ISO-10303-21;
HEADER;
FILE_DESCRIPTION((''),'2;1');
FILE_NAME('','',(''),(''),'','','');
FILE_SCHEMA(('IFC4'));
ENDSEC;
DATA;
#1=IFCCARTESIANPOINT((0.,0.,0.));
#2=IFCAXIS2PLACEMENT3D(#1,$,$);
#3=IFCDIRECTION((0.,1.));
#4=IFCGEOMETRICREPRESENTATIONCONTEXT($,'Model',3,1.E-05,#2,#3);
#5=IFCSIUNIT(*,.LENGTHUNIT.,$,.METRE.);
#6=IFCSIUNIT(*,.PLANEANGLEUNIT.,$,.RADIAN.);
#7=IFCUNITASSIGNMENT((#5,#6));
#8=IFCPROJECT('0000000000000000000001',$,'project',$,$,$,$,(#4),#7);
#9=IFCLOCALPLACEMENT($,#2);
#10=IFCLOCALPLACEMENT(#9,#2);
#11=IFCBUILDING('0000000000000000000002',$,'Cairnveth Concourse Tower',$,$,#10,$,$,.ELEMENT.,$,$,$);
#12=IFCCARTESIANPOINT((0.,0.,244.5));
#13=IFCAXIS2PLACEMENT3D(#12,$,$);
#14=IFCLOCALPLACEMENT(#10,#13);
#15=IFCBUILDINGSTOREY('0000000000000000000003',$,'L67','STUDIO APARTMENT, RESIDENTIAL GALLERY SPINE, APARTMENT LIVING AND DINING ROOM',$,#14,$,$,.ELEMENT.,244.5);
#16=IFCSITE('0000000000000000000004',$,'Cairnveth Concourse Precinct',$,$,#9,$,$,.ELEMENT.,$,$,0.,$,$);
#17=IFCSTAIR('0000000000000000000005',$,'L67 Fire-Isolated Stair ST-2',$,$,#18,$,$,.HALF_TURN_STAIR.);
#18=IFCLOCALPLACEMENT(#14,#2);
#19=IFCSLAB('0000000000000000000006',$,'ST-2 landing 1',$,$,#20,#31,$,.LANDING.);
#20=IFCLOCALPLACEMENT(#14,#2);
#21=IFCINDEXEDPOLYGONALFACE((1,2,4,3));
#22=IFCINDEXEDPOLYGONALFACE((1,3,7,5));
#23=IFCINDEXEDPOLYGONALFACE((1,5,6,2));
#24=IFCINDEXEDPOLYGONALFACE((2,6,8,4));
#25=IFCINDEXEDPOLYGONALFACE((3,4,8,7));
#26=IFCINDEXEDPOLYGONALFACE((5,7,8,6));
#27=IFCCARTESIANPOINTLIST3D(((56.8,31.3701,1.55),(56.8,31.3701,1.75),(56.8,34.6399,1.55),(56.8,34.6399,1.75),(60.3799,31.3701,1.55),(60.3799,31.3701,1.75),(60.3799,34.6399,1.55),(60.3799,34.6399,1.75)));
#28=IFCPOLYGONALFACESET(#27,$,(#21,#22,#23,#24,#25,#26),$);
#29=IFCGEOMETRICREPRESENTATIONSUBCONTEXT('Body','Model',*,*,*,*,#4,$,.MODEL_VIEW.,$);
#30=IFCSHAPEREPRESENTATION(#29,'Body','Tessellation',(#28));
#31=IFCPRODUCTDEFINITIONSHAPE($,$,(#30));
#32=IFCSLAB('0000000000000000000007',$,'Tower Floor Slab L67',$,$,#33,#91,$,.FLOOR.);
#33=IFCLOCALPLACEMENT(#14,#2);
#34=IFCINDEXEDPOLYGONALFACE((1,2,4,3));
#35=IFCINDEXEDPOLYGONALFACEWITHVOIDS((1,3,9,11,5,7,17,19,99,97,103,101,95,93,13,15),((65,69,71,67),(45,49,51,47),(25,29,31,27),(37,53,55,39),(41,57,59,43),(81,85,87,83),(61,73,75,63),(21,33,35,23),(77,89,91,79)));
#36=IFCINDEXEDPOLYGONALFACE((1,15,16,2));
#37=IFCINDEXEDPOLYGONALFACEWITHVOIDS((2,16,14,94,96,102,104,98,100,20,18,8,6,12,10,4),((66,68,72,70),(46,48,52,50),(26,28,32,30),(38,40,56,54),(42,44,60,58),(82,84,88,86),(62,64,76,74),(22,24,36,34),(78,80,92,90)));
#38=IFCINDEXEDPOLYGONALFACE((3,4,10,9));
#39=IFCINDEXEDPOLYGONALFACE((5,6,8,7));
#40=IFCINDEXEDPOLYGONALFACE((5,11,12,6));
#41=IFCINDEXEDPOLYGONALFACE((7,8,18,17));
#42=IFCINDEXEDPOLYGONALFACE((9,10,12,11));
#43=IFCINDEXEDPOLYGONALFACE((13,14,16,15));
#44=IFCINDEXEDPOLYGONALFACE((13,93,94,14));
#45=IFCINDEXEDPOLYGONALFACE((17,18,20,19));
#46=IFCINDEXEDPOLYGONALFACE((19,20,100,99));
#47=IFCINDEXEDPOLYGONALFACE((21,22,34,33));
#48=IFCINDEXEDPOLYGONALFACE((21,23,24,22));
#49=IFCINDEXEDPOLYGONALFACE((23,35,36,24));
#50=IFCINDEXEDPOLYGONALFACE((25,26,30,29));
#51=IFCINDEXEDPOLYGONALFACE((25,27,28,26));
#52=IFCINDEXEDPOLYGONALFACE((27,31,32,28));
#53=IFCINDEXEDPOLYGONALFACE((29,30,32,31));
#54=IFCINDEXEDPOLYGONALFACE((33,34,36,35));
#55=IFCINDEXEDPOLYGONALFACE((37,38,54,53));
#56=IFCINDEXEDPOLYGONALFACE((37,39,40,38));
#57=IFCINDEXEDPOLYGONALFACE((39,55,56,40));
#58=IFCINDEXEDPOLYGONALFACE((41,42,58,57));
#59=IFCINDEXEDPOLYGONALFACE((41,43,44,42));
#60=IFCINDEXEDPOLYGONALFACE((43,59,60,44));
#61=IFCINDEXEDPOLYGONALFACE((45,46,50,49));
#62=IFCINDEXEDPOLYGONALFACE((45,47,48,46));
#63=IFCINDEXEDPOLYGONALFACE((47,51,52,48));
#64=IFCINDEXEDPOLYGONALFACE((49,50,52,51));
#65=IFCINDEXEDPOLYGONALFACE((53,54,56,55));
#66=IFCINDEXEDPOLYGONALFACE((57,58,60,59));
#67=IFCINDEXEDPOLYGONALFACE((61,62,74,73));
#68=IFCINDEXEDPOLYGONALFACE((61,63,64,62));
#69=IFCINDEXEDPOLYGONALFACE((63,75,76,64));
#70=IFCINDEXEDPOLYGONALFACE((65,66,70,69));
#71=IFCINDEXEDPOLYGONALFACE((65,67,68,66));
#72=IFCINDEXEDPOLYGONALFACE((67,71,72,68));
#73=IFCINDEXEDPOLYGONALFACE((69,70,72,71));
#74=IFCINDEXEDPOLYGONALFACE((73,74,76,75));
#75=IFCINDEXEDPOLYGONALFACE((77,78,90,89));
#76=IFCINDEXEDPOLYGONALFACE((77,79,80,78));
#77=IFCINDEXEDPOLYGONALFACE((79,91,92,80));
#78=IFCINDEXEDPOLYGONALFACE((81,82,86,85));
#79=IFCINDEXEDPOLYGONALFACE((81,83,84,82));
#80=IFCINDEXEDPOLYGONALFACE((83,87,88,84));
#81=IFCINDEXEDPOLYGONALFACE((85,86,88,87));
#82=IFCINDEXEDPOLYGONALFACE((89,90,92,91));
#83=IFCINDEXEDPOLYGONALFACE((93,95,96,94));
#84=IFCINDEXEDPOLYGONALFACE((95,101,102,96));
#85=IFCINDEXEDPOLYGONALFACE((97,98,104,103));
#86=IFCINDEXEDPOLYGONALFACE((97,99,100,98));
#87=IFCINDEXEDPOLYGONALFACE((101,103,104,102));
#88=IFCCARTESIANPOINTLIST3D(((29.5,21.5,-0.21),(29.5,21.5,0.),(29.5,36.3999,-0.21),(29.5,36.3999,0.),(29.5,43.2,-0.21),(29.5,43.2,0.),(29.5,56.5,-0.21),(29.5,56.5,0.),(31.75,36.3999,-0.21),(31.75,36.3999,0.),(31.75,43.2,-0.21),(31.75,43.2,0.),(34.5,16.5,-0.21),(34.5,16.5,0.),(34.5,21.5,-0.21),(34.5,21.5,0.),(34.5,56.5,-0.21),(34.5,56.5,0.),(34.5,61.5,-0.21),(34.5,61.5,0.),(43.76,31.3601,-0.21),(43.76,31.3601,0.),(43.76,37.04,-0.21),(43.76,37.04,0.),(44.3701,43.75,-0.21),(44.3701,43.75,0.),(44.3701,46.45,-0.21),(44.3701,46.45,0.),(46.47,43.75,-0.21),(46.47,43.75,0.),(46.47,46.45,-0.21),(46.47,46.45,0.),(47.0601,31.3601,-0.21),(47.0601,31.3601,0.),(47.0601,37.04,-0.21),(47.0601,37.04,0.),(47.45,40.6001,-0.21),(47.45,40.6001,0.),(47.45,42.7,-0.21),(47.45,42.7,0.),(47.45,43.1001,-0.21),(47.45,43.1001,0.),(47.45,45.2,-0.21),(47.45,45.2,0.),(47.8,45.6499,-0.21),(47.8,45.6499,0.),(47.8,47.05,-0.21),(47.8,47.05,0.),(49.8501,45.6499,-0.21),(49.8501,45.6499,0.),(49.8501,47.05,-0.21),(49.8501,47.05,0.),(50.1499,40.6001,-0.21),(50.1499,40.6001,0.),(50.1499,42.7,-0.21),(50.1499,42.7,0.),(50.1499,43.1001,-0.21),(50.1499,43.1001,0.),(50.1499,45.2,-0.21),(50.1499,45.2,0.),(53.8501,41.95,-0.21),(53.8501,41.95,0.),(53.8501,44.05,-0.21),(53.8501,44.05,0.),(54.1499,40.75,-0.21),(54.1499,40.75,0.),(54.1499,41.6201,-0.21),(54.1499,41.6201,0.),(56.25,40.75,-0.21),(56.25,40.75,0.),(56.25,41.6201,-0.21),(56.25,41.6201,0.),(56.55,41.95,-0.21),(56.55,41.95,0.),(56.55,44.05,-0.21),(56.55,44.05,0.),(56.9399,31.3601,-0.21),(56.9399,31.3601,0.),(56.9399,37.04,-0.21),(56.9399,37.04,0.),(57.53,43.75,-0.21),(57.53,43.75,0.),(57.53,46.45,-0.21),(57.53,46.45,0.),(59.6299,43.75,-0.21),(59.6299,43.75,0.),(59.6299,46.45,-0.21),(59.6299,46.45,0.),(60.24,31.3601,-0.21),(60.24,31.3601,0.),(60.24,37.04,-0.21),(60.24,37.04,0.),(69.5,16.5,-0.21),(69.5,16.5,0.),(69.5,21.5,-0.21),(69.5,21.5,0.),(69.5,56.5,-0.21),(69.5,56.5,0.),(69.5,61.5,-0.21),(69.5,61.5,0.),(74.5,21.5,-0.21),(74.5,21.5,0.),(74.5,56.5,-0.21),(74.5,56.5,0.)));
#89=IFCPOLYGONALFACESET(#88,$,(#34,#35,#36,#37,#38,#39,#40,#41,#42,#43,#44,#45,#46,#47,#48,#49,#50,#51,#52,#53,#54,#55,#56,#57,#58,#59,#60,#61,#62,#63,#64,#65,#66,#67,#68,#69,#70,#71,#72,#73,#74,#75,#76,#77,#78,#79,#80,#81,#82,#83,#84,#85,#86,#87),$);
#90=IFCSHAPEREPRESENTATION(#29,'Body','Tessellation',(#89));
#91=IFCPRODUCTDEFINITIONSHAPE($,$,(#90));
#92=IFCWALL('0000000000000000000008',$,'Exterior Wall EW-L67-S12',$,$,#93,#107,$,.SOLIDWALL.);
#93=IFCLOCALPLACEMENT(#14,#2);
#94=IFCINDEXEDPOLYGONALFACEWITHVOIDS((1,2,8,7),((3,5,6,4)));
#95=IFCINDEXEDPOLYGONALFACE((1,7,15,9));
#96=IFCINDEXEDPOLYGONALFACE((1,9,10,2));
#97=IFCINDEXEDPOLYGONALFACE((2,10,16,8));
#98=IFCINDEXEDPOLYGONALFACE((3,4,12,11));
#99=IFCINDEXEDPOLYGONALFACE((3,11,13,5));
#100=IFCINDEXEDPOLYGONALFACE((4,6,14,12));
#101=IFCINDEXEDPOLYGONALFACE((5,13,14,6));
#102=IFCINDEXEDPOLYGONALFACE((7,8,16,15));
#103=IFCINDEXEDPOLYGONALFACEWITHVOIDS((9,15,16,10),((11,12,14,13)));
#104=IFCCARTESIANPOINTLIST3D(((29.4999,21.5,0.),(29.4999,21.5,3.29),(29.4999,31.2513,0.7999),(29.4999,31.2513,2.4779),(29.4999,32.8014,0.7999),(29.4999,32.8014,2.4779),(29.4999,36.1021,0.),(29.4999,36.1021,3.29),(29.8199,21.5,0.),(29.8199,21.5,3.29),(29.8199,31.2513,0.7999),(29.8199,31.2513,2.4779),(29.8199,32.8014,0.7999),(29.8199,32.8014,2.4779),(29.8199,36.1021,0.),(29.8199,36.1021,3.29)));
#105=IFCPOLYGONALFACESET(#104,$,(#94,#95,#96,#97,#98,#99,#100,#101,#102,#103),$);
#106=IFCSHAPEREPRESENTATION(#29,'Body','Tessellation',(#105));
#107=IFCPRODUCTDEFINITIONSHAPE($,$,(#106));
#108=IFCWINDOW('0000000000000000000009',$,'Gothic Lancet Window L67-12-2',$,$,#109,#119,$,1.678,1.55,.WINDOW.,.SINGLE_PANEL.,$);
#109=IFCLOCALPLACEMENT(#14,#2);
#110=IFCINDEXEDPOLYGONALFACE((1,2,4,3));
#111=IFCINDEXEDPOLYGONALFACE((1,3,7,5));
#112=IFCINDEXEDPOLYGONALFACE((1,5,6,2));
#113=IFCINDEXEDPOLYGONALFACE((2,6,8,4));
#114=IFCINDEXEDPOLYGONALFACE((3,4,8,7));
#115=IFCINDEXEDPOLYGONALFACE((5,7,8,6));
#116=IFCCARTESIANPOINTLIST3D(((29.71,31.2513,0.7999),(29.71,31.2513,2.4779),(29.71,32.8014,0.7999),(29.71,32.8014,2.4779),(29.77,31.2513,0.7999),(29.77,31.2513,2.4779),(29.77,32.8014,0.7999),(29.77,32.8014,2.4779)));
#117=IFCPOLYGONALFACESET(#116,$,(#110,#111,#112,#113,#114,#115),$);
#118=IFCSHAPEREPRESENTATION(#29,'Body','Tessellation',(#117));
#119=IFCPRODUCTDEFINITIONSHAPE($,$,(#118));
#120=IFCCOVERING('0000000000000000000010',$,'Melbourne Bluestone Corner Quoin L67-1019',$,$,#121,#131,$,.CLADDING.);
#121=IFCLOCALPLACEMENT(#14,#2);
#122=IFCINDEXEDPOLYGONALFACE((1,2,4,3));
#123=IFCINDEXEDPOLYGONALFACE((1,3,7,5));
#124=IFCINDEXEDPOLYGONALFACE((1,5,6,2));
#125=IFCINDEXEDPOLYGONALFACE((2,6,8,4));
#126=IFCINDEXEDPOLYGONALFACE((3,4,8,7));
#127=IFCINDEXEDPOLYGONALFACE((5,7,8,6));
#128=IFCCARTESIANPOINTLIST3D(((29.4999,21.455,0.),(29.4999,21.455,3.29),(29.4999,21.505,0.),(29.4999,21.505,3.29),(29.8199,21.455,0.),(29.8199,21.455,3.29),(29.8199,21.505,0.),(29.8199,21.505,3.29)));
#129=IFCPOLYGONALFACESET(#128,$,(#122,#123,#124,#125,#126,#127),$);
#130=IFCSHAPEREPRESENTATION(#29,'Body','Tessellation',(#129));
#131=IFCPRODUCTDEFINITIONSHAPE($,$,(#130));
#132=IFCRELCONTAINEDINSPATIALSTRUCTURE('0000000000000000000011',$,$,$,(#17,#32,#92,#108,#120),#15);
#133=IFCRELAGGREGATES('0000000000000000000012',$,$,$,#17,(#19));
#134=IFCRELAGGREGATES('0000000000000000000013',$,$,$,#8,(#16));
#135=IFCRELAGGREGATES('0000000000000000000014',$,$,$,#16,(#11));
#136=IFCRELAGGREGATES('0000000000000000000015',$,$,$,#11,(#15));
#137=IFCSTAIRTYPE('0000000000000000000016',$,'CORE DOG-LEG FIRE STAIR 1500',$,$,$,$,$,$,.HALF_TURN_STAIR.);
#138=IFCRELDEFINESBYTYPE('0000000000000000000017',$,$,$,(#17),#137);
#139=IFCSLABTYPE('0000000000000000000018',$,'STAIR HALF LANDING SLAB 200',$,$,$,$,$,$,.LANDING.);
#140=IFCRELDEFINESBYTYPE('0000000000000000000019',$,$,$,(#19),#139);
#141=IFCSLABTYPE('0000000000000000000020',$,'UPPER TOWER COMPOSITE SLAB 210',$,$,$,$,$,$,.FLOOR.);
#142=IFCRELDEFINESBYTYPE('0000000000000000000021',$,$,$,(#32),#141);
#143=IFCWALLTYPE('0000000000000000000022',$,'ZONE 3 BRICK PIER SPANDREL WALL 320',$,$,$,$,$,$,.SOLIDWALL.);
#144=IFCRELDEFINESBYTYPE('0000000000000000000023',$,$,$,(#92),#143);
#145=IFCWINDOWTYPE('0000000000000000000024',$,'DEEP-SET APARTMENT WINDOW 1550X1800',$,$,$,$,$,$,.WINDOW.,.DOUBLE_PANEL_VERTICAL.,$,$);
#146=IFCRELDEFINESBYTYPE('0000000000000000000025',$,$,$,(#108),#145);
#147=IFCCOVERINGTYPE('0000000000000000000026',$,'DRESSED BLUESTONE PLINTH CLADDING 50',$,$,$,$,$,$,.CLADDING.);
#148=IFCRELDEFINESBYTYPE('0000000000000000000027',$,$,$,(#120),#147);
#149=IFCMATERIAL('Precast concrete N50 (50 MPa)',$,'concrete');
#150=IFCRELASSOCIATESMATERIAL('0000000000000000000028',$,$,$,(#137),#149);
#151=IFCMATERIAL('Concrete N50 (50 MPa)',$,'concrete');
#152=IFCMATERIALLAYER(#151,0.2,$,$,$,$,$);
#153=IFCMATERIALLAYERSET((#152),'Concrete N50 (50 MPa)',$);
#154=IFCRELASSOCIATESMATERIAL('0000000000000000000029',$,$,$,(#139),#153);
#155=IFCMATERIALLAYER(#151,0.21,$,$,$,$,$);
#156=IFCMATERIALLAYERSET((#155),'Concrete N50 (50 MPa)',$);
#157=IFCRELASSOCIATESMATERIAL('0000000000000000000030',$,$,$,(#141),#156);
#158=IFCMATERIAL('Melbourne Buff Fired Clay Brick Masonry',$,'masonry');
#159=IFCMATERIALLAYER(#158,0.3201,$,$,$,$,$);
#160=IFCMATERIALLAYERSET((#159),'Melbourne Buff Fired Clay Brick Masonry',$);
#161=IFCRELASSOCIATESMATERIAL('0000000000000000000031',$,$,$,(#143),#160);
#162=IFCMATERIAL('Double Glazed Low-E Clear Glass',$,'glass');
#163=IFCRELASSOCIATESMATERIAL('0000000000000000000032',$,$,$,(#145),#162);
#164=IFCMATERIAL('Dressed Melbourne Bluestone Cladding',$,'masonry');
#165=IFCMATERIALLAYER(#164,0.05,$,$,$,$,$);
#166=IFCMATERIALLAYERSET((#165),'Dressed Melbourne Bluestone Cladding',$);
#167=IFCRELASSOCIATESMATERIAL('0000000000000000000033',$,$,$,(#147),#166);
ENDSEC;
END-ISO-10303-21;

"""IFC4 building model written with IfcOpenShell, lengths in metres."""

from ifc_helpers import new_model, si_unit, direction, frame, frame_2d, origin, place, context, subcontext, project, spatial, polyline, rectangle, outline, extrude, material, layer, layer_set, type_object, element, fill, aggregate, save


model = new_model("IFC4")

# Units and contexts
model_context = context("Model", 3, precision=1e-05, world=origin(), true_north=direction((0.0, 1.0)))
body_context = subcontext(model_context, "Body", "Model", "MODEL_VIEW")
ifc_project = project(units=[si_unit("LENGTHUNIT", "METRE"), si_unit("PLANEANGLEUNIT", "RADIAN")], contexts=[model_context])

# Site, building, storey
site_placement = place(None, origin())
site = spatial("IfcSite", under=ifc_project, at=site_placement, Name="Cairnveth Concourse Precinct", CompositionType="ELEMENT", RefElevation=0.0)
building_placement = place(site_placement, origin())
building = spatial("IfcBuilding", under=site, at=building_placement, Name="Cairnveth Concourse Tower", CompositionType="ELEMENT")
storey_placement = place(building_placement, frame((0.0, 0.0, 244.5)))
storey = spatial("IfcBuildingStorey", under=building, at=storey_placement, Name="L67", Description="STUDIO APARTMENT, RESIDENTIAL GALLERY SPINE, APARTMENT LIVING AND DINING ROOM", CompositionType="ELEMENT", Elevation=244.5)

# Shared definitions
ifc_material_1 = material(Name="Concrete N50 (50 MPa)", Category="concrete")

# Stair, slab
ifc_material_2 = material(Name="Precast concrete N50 (50 MPa)", Category="concrete")
stair_type = type_object("IfcStairType", Name="CORE DOG-LEG FIRE STAIR 1500", PredefinedType="HALF_TURN_STAIR", material=ifc_material_2)
ifc_layer_1 = layer(ifc_material_1, 0.2)
ifc_layer_set_1 = layer_set([ifc_layer_1], Name="Concrete N50 (50 MPa)")
slab_type_1 = type_object("IfcSlabType", Name="STAIR HALF LANDING SLAB 200", PredefinedType="LANDING", material=ifc_layer_set_1)
stair_1_placement = place(storey_placement, origin())
stair_1 = element("IfcStair", 1, at=stair_1_placement, inside=storey, type_object=stair_type, Name="L67 Fire-Isolated Stair ST-2", PredefinedType="HALF_TURN_STAIR")
slab_1_placement = place(storey_placement, frame((0.0, 0.0, 1.55)))
slab_1 = element("IfcSlab", 2, at=slab_1_placement, type_object=slab_type_1, Name="ST-2 landing 1", PredefinedType="LANDING", context=body_context, shape_type="SweptSolid", body=[
    extrude(outline(polyline([(56.8, 34.6399), (56.8, 31.3701), (60.3799, 31.3701), (60.3799, 34.6399), (56.8, 34.6399)])), origin(), (0.0, 0.0, 1.0), 0.2),
])
aggregate(stair_1, [slab_1])

# Slab
ifc_layer_2 = layer(ifc_material_1, 0.21)
ifc_layer_set_2 = layer_set([ifc_layer_2], Name="Concrete N50 (50 MPa)")
slab_type_2 = type_object("IfcSlabType", Name="UPPER TOWER COMPOSITE SLAB 210", PredefinedType="FLOOR", material=ifc_layer_set_2)
slab_2_placement = place(storey_placement, frame((0.0, 0.0, -0.21)))
element("IfcSlab", 3, at=slab_2_placement, inside=storey, type_object=slab_type_2, Name="Tower Floor Slab L67", PredefinedType="FLOOR", context=body_context, shape_type="SweptSolid", body=[
    extrude(outline(polyline([(29.5, 43.2), (31.75, 43.2), (31.75, 36.3999), (29.5, 36.3999), (29.5, 21.5), (34.5, 21.5), (34.5, 16.5), (69.5, 16.5), (69.5, 21.5), (74.5, 21.5), (74.5, 56.5), (69.5, 56.5), (69.5, 61.5), (34.5, 61.5), (34.5, 56.5), (29.5, 56.5), (29.5, 43.2)]), holes=[polyline([(43.76, 31.3601), (47.0601, 31.3601), (47.0601, 37.04), (43.76, 37.04), (43.76, 31.3601)]), polyline([(56.9399, 31.3601), (60.24, 31.3601), (60.24, 37.04), (56.9399, 37.04), (56.9399, 31.3601)]), polyline([(44.3701, 43.75), (46.47, 43.75), (46.47, 46.45), (44.3701, 46.45), (44.3701, 43.75)]), polyline([(57.53, 43.75), (59.6299, 43.75), (59.6299, 46.45), (57.53, 46.45), (57.53, 43.75)]), polyline([(47.45, 40.6001), (50.1499, 40.6001), (50.1499, 42.7), (47.45, 42.7), (47.45, 40.6001)]), polyline([(47.45, 43.1001), (50.1499, 43.1001), (50.1499, 45.2), (47.45, 45.2), (47.45, 43.1001)]), polyline([(53.8501, 41.95), (56.55, 41.95), (56.55, 44.05), (53.8501, 44.05), (53.8501, 41.95)]), polyline([(47.8, 45.6499), (49.8501, 45.6499), (49.8501, 47.05), (47.8, 47.05), (47.8, 45.6499)]), polyline([(54.1499, 40.75), (56.25, 40.75), (56.25, 41.6201), (54.1499, 41.6201), (54.1499, 40.75)])]), origin(), (0.0, 0.0, 1.0), 0.21),
])

# Wall, opening, window
ifc_material_3 = material(Name="Melbourne Buff Fired Clay Brick Masonry", Category="masonry")
ifc_layer_3 = layer(ifc_material_3, 0.3201)
ifc_layer_set_3 = layer_set([ifc_layer_3], Name="Melbourne Buff Fired Clay Brick Masonry")
wall_type = type_object("IfcWallType", Name="ZONE 3 BRICK PIER SPANDREL WALL 320", PredefinedType="SOLIDWALL", material=ifc_layer_set_3)
wall_placement = place(storey_placement, frame((29.6599, 21.5, 0.0), z_axis=(0.0, 0.0, 1.0), x_axis=(0.0, 1.0, 0.0)))
wall = element("IfcWall", 4, at=wall_placement, inside=storey, type_object=wall_type, Name="Exterior Wall EW-L67-S12", PredefinedType="SOLIDWALL", context=body_context, shape_type="SweptSolid", body=[
    extrude(rectangle(XDim=14.6021, YDim=0.3201, at=frame_2d((7.301, 0.0))), origin(), (0.0, 0.0, 1.0), 3.29),
])
opening_placement = place(wall_placement, frame((9.7515, 0.0, 0.8)))
opening = element("IfcOpeningElement", 5, at=opening_placement, cuts=wall, PredefinedType="OPENING", context=body_context, shape_type="SweptSolid", body=[
    extrude(rectangle(XDim=1.55, YDim=1.678, at=frame_2d((0.7749, 0.8389))), frame((0.0, 0.1699, 0.0), z_axis=(0.0, -1.0, 0.0), x_axis=(1.0, 0.0, 0.0)), (0.0, 0.0, 1.0), 0.3401),
])
ifc_material_4 = material(Name="Double Glazed Low-E Clear Glass", Category="glass")
window_type = type_object("IfcWindowType", Name="DEEP-SET APARTMENT WINDOW 1550X1800", PartitioningType="DOUBLE_PANEL_VERTICAL", PredefinedType="WINDOW", material=ifc_material_4)
window_placement = place(opening_placement, origin())
window = element("IfcWindow", 6, at=window_placement, inside=storey, type_object=window_type, Name="Gothic Lancet Window L67-12-2", OverallHeight=1.678, OverallWidth=1.55, PartitioningType="SINGLE_PANEL", PredefinedType="WINDOW", context=body_context, shape_type="SweptSolid", body=[
    extrude(rectangle(XDim=1.55, YDim=1.678, at=frame_2d((0.7749, 0.8389))), frame((0.0, -0.05, 0.0), z_axis=(0.0, -1.0, 0.0), x_axis=(1.0, 0.0, 0.0)), (0.0, 0.0, 1.0), 0.0601),
])
fill(opening, window)

# Covering
ifc_material_5 = material(Name="Dressed Melbourne Bluestone Cladding", Category="masonry")
ifc_layer_4 = layer(ifc_material_5, 0.05)
ifc_layer_set_4 = layer_set([ifc_layer_4], Name="Dressed Melbourne Bluestone Cladding")
covering_type = type_object("IfcCoveringType", Name="DRESSED BLUESTONE PLINTH CLADDING 50", PredefinedType="CLADDING", material=ifc_layer_set_4)
covering_placement = place(storey_placement, frame((29.8201, 21.48, 0.0), z_axis=(0.0, 0.0, 1.0), x_axis=(-1.0, 0.0, 0.0)))
element("IfcCovering", 7, at=covering_placement, inside=storey, type_object=covering_type, Name="Melbourne Bluestone Corner Quoin L67-1019", PredefinedType="CLADDING", context=body_context, shape_type="SweptSolid", body=[
    extrude(rectangle(XDim=0.3201, YDim=0.05, at=frame_2d((0.1602, 0.0))), origin(), (0.0, 0.0, 1.0), 3.29),
])

save(model, "model.ifc")
